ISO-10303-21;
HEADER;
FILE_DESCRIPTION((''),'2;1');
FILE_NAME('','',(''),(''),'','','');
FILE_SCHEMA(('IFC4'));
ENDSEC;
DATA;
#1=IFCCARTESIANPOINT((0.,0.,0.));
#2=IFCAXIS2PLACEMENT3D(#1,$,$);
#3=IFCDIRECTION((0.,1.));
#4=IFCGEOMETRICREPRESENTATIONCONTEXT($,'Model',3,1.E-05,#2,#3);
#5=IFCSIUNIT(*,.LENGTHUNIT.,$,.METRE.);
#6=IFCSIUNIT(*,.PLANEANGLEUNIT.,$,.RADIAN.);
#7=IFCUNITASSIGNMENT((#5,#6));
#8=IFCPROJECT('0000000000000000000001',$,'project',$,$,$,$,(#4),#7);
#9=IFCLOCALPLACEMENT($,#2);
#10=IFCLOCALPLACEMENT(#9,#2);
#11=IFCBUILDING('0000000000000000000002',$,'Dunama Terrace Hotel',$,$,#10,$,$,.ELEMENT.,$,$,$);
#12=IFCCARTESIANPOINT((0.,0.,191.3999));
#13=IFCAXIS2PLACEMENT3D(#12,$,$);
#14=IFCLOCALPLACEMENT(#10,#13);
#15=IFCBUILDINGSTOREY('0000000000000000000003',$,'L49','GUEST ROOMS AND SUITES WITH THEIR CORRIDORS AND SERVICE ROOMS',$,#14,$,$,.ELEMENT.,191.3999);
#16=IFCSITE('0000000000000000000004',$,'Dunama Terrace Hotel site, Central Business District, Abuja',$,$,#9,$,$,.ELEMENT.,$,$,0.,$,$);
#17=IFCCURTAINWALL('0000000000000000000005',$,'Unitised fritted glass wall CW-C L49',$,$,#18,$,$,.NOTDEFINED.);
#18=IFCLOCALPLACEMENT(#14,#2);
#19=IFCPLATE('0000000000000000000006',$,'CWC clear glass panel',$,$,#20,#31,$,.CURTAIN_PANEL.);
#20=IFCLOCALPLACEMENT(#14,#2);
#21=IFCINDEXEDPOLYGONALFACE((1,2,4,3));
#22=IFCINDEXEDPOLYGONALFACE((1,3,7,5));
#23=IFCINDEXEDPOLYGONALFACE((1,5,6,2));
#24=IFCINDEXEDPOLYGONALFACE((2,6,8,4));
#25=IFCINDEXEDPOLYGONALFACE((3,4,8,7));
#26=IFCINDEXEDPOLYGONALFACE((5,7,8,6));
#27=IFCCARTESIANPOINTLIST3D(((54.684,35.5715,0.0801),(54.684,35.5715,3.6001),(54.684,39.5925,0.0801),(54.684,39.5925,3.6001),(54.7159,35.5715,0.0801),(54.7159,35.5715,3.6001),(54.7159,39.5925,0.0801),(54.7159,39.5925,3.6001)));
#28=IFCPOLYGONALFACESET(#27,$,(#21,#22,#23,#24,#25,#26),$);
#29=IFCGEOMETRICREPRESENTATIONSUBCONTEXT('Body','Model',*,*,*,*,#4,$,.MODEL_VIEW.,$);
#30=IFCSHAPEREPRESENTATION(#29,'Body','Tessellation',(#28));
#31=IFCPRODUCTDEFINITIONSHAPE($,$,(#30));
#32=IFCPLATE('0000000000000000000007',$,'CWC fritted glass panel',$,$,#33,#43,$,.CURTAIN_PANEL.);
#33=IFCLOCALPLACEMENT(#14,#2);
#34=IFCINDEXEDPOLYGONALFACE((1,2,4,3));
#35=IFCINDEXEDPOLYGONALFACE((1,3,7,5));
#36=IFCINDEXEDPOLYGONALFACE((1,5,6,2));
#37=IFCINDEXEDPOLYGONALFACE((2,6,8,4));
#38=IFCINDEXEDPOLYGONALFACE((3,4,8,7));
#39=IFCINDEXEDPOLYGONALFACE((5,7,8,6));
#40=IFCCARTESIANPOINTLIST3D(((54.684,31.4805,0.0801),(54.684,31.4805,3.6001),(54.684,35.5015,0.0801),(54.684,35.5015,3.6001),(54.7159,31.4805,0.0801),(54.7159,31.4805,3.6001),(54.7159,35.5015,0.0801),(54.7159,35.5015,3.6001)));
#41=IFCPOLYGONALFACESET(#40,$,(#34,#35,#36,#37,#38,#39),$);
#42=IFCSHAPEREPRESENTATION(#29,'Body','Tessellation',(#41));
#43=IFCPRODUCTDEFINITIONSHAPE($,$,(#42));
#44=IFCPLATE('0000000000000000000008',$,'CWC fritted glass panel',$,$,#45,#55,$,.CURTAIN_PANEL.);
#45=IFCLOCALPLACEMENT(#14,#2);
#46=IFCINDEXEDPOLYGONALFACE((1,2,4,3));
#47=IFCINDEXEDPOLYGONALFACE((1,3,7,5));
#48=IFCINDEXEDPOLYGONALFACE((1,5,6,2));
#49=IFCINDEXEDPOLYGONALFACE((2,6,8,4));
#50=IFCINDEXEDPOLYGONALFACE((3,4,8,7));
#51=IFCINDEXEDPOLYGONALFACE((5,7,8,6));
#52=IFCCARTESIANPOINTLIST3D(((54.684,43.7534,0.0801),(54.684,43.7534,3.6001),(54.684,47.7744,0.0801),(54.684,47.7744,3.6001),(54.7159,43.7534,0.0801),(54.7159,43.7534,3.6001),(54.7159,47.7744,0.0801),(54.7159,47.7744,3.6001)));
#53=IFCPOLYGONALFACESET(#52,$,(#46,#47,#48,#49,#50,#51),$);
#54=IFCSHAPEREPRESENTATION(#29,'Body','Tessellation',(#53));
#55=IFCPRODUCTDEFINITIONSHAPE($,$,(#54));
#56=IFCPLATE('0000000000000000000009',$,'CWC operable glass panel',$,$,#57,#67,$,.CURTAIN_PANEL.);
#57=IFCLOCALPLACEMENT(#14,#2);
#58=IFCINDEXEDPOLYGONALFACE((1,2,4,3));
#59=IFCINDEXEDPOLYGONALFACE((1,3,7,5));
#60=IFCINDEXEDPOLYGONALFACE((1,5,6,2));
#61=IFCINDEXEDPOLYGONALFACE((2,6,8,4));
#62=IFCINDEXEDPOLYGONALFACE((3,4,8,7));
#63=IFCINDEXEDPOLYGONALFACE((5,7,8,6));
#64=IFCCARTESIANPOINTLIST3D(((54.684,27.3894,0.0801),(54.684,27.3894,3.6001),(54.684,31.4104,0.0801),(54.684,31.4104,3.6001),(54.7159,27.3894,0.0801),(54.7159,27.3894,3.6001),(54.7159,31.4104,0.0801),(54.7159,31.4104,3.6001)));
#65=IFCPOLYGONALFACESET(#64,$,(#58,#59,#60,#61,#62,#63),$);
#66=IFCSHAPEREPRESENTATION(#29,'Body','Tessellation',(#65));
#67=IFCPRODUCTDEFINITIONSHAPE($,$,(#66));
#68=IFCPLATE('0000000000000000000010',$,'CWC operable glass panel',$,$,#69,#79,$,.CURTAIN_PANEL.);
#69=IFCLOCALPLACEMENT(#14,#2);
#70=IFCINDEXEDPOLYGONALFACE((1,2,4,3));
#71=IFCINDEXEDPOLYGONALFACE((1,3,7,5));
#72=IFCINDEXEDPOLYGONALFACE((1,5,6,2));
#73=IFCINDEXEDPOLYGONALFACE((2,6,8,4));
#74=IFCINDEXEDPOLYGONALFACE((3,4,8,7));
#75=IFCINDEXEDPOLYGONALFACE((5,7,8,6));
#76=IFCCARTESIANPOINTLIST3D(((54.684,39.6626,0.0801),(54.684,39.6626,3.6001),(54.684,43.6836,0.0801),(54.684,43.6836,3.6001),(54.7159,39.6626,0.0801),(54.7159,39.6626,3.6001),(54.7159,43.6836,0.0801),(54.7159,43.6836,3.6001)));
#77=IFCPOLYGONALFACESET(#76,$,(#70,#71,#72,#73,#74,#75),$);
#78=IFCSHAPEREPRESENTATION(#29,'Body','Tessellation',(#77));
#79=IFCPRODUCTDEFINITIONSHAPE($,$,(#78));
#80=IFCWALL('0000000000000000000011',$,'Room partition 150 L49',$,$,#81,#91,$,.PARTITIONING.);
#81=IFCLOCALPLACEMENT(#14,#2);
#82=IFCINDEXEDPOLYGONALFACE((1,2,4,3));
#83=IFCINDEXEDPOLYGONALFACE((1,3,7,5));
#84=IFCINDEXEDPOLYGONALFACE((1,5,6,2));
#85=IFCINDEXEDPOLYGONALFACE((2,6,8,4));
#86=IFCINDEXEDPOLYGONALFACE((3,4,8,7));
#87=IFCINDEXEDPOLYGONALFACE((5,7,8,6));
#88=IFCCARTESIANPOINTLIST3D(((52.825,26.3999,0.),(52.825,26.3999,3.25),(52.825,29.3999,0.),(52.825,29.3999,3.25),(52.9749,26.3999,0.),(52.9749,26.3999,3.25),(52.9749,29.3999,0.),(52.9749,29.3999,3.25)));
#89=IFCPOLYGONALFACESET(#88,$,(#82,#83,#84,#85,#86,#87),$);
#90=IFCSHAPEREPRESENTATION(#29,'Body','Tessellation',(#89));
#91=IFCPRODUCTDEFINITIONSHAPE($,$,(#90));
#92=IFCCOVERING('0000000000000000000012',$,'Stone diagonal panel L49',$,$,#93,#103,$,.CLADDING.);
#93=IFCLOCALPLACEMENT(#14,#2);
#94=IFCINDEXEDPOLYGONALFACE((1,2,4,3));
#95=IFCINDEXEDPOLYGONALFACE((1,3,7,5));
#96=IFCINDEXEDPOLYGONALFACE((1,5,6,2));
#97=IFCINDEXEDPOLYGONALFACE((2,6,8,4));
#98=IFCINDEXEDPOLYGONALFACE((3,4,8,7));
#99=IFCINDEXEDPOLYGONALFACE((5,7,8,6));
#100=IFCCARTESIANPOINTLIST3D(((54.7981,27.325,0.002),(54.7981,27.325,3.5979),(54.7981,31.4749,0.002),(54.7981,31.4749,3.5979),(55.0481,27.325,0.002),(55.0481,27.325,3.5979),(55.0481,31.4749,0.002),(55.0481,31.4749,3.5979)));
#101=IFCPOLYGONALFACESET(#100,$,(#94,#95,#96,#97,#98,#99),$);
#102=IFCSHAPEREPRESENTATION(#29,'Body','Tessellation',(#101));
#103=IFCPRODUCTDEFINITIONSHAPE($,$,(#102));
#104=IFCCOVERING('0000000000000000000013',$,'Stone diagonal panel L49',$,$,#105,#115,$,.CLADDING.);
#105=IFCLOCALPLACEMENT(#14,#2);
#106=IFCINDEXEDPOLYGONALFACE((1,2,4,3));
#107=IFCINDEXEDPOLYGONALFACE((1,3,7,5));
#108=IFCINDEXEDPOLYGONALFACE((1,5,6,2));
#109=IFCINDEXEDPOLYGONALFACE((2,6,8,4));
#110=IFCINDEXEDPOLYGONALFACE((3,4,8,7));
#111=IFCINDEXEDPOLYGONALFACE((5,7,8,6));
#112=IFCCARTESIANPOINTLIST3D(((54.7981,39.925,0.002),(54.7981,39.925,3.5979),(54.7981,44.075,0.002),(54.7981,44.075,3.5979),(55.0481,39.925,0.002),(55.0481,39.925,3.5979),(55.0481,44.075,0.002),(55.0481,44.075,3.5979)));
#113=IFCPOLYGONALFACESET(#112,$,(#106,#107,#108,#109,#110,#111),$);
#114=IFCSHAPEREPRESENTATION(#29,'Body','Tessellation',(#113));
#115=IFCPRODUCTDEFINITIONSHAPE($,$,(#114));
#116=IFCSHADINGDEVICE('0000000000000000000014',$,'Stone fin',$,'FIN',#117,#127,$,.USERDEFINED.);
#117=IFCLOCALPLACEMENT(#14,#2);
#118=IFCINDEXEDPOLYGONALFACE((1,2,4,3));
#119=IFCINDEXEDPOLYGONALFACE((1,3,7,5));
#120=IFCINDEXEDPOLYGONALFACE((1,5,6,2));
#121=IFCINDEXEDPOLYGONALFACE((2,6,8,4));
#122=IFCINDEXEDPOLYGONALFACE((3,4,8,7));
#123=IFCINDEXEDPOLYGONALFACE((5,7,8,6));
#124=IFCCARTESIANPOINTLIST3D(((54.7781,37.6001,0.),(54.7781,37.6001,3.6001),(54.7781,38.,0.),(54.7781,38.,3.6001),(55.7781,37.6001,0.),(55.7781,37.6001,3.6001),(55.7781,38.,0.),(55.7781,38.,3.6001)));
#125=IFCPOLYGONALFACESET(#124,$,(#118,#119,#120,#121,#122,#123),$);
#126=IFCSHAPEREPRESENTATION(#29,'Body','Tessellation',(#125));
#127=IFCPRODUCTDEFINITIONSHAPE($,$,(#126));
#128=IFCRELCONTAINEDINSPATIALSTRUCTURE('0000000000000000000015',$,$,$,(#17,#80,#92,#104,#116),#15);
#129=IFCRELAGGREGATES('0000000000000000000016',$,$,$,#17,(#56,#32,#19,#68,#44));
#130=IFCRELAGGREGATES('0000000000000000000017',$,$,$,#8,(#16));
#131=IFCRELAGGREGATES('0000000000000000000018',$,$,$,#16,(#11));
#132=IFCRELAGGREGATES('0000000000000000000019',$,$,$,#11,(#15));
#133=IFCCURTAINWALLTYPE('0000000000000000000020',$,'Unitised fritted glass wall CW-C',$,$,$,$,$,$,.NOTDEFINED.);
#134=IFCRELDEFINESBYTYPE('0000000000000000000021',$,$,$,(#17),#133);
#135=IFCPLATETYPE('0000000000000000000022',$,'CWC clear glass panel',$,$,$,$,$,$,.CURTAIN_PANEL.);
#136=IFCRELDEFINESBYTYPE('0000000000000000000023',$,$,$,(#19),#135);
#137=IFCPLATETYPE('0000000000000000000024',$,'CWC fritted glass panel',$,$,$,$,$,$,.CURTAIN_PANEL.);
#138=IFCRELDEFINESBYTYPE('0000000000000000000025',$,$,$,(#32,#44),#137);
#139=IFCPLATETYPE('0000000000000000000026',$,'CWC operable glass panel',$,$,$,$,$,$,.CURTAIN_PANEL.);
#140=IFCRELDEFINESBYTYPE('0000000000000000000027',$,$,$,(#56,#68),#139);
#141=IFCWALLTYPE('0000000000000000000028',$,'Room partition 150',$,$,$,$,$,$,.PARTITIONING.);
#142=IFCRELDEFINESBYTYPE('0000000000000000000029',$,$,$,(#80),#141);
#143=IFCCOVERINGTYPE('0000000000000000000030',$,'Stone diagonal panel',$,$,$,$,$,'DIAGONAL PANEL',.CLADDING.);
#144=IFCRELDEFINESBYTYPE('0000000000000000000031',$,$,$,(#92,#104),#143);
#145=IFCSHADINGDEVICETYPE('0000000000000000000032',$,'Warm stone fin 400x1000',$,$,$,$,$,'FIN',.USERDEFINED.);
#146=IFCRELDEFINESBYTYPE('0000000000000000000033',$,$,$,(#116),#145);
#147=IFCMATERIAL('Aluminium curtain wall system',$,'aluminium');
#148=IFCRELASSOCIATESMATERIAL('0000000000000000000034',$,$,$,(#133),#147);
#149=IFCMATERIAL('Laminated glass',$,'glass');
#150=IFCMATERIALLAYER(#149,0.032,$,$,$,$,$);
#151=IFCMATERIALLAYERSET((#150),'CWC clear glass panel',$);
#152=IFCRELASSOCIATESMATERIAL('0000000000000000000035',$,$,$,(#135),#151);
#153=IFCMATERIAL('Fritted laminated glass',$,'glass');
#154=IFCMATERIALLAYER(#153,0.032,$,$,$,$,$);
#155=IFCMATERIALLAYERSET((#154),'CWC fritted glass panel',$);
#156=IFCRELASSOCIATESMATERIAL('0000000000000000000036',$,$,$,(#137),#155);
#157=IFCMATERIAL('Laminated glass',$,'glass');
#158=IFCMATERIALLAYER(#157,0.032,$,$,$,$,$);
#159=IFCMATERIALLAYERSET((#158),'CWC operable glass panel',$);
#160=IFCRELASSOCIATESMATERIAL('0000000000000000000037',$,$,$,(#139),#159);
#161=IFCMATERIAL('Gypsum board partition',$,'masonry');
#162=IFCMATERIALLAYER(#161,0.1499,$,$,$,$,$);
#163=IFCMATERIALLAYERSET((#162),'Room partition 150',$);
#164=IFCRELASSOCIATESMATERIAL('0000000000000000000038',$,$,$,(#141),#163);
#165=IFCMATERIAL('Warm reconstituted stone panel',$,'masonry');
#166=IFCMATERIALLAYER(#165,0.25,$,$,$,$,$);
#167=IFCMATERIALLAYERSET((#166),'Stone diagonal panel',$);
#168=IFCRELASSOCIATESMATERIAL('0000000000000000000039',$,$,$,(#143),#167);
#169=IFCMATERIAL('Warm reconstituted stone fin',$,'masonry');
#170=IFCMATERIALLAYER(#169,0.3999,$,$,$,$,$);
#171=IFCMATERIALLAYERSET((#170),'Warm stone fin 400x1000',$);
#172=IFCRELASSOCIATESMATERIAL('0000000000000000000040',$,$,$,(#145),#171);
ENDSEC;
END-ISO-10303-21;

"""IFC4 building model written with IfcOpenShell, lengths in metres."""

from ifc_helpers import new_model, si_unit, direction, frame, frame_2d, origin, origin_2d, place, context, subcontext, project, spatial, rectangle, extrude, material, layer, layer_set, type_object, element, aggregate, save


model = new_model("IFC4")

# Units and contexts
model_context = context("Model", 3, precision=1e-05, world=origin(), true_north=direction((0.0, 1.0)))
body_context = subcontext(model_context, "Body", "Model", "MODEL_VIEW")
ifc_project = project(units=[si_unit("LENGTHUNIT", "METRE"), si_unit("PLANEANGLEUNIT", "RADIAN")], contexts=[model_context])

# Site, building, storey
site_placement = place(None, origin())
site = spatial("IfcSite", under=ifc_project, at=site_placement, Name="Dunama Terrace Hotel site, Central Business District, Abuja", CompositionType="ELEMENT", RefElevation=0.0)
building_placement = place(site_placement, origin())
building = spatial("IfcBuilding", under=site, at=building_placement, Name="Dunama Terrace Hotel", CompositionType="ELEMENT")
storey_placement = place(building_placement, frame((0.0, 0.0, 191.3999)))
storey = spatial("IfcBuildingStorey", under=building, at=storey_placement, Name="L49", Description="GUEST ROOMS AND SUITES WITH THEIR CORRIDORS AND SERVICE ROOMS", CompositionType="ELEMENT", Elevation=191.3999)

# Curtain wall
ifc_material_1 = material(Name="Aluminium curtain wall system", Category="aluminium")
curtain_wall_type = type_object("IfcCurtainWallType", Name="Unitised fritted glass wall CW-C", PredefinedType="NOTDEFINED", material=ifc_material_1)
curtain_wall_placement = place(storey_placement, origin())
curtain_wall = element("IfcCurtainWall", 1, at=curtain_wall_placement, inside=storey, type_object=curtain_wall_type, Name="Unitised fritted glass wall CW-C L49", PredefinedType="NOTDEFINED")

# Plates
ifc_material_2 = material(Name="Laminated glass", Category="glass")
ifc_layer_1 = layer(ifc_material_2, 0.032)
ifc_layer_set_1 = layer_set([ifc_layer_1], Name="CWC clear glass panel")
plate_type_1 = type_object("IfcPlateType", Name="CWC clear glass panel", PredefinedType="CURTAIN_PANEL", material=ifc_layer_set_1)
plate_1_placement = place(storey_placement, frame((54.7, 37.582, 0.0801), z_axis=(0.0, 0.0, 1.0), x_axis=(0.0, 1.0, 0.0)))
plate_1 = element("IfcPlate", 2, at=plate_1_placement, type_object=plate_type_1, Name="CWC clear glass panel", PredefinedType="CURTAIN_PANEL", context=body_context, shape_type="SweptSolid", body=[
    extrude(rectangle(XDim=4.021, YDim=0.032, at=origin_2d()), origin(), (0.0, 0.0, 1.0), 3.52),
])
ifc_material_3 = material(Name="Fritted laminated glass", Category="glass")
ifc_layer_2 = layer(ifc_material_3, 0.032)
ifc_layer_set_2 = layer_set([ifc_layer_2], Name="CWC fritted glass panel")
plate_type_2 = type_object("IfcPlateType", Name="CWC fritted glass panel", PredefinedType="CURTAIN_PANEL", material=ifc_layer_set_2)
plate_2_placement = place(storey_placement, frame((54.7, 33.491, 0.0801), z_axis=(0.0, 0.0, 1.0), x_axis=(0.0, 1.0, 0.0)))
plate_2 = element("IfcPlate", 3, at=plate_2_placement, type_object=plate_type_2, Name="CWC fritted glass panel", PredefinedType="CURTAIN_PANEL", context=body_context, shape_type="SweptSolid", body=[
    extrude(rectangle(XDim=4.021, YDim=0.032, at=origin_2d()), origin(), (0.0, 0.0, 1.0), 3.52),
])
plate_3_placement = place(storey_placement, frame((54.7, 45.7639, 0.0801), z_axis=(0.0, 0.0, 1.0), x_axis=(0.0, 1.0, 0.0)))
plate_3 = element("IfcPlate", 4, at=plate_3_placement, type_object=plate_type_2, Name="CWC fritted glass panel", PredefinedType="CURTAIN_PANEL", context=body_context, shape_type="SweptSolid", body=[
    extrude(rectangle(XDim=4.021, YDim=0.032, at=origin_2d()), origin(), (0.0, 0.0, 1.0), 3.52),
])
ifc_material_4 = material(Name="Laminated glass", Category="glass")
ifc_layer_3 = layer(ifc_material_4, 0.032)
ifc_layer_set_3 = layer_set([ifc_layer_3], Name="CWC operable glass panel")
plate_type_3 = type_object("IfcPlateType", Name="CWC operable glass panel", PredefinedType="CURTAIN_PANEL", material=ifc_layer_set_3)
plate_4_placement = place(storey_placement, frame((54.7, 29.3999, 0.0801), z_axis=(0.0, 0.0, 1.0), x_axis=(0.0, 1.0, 0.0)))
plate_4 = element("IfcPlate", 5, at=plate_4_placement, type_object=plate_type_3, Name="CWC operable glass panel", PredefinedType="CURTAIN_PANEL", context=body_context, shape_type="SweptSolid", body=[
    extrude(rectangle(XDim=4.021, YDim=0.032, at=origin_2d()), origin(), (0.0, 0.0, 1.0), 3.52),
])
plate_5_placement = place(storey_placement, frame((54.7, 41.6731, 0.0801), z_axis=(0.0, 0.0, 1.0), x_axis=(0.0, 1.0, 0.0)))
plate_5 = element("IfcPlate", 6, at=plate_5_placement, type_object=plate_type_3, Name="CWC operable glass panel", PredefinedType="CURTAIN_PANEL", context=body_context, shape_type="SweptSolid", body=[
    extrude(rectangle(XDim=4.021, YDim=0.032, at=origin_2d()), origin(), (0.0, 0.0, 1.0), 3.52),
])
aggregate(curtain_wall, [plate_4, plate_2, plate_1, plate_5, plate_3])

# Wall
ifc_material_5 = material(Name="Gypsum board partition", Category="masonry")
ifc_layer_4 = layer(ifc_material_5, 0.1499)
ifc_layer_set_4 = layer_set([ifc_layer_4], Name="Room partition 150")
wall_type = type_object("IfcWallType", Name="Room partition 150", PredefinedType="PARTITIONING", material=ifc_layer_set_4)
wall_placement = place(storey_placement, frame((52.8999, 26.3999, 0.0), z_axis=(0.0, 0.0, 1.0), x_axis=(0.0, 1.0, 0.0)))
element("IfcWall", 7, at=wall_placement, inside=storey, type_object=wall_type, Name="Room partition 150 L49", PredefinedType="PARTITIONING", context=body_context, shape_type="SweptSolid", body=[
    extrude(rectangle(XDim=3.0, YDim=0.1499, at=frame_2d((1.5, 0.0))), origin(), (0.0, 0.0, 1.0), 3.25),
])

# Coverings
ifc_material_6 = material(Name="Warm reconstituted stone panel", Category="masonry")
ifc_layer_5 = layer(ifc_material_6, 0.25)
ifc_layer_set_5 = layer_set([ifc_layer_5], Name="Stone diagonal panel")
covering_type = type_object("IfcCoveringType", Name="Stone diagonal panel", ElementType="DIAGONAL PANEL", PredefinedType="CLADDING", material=ifc_layer_set_5)
for number, where, z_axis, x_axis, name in (
    (8, (54.9231, 29.3999, 0.002), (0.0, 0.0, 1.0), (0.0, 1.0, 0.0), "Stone diagonal panel L49"),
    (9, (54.9231, 42.0, 0.002), (0.0, 0.0, 1.0), (0.0, 1.0, 0.0), "Stone diagonal panel L49"),
):
    element("IfcCovering", number, at=place(storey_placement, frame(where, z_axis=z_axis, x_axis=x_axis)), inside=storey, type_object=covering_type, Name=name, PredefinedType="CLADDING", context=body_context, shape_type="SweptSolid", body=[
        extrude(rectangle(XDim=4.1499, YDim=0.25, at=origin_2d()), origin(), (0.0, 0.0, 1.0), 3.5959),
    ])

# Shading device
ifc_material_7 = material(Name="Warm reconstituted stone fin", Category="masonry")
ifc_layer_6 = layer(ifc_material_7, 0.3999)
ifc_layer_set_6 = layer_set([ifc_layer_6], Name="Warm stone fin 400x1000")
shading_device_type = type_object("IfcShadingDeviceType", Name="Warm stone fin 400x1000", ElementType="FIN", PredefinedType="USERDEFINED", material=ifc_layer_set_6)
shading_device_placement = place(storey_placement, frame((55.2781, 37.8, 0.0), z_axis=(0.0, 0.0, 1.0), x_axis=(0.0, 1.0, 0.0)))
element("IfcShadingDevice", 10, at=shading_device_placement, inside=storey, type_object=shading_device_type, Name="Stone fin", ObjectType="FIN", PredefinedType="USERDEFINED", context=body_context, shape_type="SweptSolid", body=[
    extrude(rectangle(XDim=0.3999, YDim=1.0, at=origin_2d()), origin(), (0.0, 0.0, 1.0), 3.6001),
])

save(model, "model.ifc")
